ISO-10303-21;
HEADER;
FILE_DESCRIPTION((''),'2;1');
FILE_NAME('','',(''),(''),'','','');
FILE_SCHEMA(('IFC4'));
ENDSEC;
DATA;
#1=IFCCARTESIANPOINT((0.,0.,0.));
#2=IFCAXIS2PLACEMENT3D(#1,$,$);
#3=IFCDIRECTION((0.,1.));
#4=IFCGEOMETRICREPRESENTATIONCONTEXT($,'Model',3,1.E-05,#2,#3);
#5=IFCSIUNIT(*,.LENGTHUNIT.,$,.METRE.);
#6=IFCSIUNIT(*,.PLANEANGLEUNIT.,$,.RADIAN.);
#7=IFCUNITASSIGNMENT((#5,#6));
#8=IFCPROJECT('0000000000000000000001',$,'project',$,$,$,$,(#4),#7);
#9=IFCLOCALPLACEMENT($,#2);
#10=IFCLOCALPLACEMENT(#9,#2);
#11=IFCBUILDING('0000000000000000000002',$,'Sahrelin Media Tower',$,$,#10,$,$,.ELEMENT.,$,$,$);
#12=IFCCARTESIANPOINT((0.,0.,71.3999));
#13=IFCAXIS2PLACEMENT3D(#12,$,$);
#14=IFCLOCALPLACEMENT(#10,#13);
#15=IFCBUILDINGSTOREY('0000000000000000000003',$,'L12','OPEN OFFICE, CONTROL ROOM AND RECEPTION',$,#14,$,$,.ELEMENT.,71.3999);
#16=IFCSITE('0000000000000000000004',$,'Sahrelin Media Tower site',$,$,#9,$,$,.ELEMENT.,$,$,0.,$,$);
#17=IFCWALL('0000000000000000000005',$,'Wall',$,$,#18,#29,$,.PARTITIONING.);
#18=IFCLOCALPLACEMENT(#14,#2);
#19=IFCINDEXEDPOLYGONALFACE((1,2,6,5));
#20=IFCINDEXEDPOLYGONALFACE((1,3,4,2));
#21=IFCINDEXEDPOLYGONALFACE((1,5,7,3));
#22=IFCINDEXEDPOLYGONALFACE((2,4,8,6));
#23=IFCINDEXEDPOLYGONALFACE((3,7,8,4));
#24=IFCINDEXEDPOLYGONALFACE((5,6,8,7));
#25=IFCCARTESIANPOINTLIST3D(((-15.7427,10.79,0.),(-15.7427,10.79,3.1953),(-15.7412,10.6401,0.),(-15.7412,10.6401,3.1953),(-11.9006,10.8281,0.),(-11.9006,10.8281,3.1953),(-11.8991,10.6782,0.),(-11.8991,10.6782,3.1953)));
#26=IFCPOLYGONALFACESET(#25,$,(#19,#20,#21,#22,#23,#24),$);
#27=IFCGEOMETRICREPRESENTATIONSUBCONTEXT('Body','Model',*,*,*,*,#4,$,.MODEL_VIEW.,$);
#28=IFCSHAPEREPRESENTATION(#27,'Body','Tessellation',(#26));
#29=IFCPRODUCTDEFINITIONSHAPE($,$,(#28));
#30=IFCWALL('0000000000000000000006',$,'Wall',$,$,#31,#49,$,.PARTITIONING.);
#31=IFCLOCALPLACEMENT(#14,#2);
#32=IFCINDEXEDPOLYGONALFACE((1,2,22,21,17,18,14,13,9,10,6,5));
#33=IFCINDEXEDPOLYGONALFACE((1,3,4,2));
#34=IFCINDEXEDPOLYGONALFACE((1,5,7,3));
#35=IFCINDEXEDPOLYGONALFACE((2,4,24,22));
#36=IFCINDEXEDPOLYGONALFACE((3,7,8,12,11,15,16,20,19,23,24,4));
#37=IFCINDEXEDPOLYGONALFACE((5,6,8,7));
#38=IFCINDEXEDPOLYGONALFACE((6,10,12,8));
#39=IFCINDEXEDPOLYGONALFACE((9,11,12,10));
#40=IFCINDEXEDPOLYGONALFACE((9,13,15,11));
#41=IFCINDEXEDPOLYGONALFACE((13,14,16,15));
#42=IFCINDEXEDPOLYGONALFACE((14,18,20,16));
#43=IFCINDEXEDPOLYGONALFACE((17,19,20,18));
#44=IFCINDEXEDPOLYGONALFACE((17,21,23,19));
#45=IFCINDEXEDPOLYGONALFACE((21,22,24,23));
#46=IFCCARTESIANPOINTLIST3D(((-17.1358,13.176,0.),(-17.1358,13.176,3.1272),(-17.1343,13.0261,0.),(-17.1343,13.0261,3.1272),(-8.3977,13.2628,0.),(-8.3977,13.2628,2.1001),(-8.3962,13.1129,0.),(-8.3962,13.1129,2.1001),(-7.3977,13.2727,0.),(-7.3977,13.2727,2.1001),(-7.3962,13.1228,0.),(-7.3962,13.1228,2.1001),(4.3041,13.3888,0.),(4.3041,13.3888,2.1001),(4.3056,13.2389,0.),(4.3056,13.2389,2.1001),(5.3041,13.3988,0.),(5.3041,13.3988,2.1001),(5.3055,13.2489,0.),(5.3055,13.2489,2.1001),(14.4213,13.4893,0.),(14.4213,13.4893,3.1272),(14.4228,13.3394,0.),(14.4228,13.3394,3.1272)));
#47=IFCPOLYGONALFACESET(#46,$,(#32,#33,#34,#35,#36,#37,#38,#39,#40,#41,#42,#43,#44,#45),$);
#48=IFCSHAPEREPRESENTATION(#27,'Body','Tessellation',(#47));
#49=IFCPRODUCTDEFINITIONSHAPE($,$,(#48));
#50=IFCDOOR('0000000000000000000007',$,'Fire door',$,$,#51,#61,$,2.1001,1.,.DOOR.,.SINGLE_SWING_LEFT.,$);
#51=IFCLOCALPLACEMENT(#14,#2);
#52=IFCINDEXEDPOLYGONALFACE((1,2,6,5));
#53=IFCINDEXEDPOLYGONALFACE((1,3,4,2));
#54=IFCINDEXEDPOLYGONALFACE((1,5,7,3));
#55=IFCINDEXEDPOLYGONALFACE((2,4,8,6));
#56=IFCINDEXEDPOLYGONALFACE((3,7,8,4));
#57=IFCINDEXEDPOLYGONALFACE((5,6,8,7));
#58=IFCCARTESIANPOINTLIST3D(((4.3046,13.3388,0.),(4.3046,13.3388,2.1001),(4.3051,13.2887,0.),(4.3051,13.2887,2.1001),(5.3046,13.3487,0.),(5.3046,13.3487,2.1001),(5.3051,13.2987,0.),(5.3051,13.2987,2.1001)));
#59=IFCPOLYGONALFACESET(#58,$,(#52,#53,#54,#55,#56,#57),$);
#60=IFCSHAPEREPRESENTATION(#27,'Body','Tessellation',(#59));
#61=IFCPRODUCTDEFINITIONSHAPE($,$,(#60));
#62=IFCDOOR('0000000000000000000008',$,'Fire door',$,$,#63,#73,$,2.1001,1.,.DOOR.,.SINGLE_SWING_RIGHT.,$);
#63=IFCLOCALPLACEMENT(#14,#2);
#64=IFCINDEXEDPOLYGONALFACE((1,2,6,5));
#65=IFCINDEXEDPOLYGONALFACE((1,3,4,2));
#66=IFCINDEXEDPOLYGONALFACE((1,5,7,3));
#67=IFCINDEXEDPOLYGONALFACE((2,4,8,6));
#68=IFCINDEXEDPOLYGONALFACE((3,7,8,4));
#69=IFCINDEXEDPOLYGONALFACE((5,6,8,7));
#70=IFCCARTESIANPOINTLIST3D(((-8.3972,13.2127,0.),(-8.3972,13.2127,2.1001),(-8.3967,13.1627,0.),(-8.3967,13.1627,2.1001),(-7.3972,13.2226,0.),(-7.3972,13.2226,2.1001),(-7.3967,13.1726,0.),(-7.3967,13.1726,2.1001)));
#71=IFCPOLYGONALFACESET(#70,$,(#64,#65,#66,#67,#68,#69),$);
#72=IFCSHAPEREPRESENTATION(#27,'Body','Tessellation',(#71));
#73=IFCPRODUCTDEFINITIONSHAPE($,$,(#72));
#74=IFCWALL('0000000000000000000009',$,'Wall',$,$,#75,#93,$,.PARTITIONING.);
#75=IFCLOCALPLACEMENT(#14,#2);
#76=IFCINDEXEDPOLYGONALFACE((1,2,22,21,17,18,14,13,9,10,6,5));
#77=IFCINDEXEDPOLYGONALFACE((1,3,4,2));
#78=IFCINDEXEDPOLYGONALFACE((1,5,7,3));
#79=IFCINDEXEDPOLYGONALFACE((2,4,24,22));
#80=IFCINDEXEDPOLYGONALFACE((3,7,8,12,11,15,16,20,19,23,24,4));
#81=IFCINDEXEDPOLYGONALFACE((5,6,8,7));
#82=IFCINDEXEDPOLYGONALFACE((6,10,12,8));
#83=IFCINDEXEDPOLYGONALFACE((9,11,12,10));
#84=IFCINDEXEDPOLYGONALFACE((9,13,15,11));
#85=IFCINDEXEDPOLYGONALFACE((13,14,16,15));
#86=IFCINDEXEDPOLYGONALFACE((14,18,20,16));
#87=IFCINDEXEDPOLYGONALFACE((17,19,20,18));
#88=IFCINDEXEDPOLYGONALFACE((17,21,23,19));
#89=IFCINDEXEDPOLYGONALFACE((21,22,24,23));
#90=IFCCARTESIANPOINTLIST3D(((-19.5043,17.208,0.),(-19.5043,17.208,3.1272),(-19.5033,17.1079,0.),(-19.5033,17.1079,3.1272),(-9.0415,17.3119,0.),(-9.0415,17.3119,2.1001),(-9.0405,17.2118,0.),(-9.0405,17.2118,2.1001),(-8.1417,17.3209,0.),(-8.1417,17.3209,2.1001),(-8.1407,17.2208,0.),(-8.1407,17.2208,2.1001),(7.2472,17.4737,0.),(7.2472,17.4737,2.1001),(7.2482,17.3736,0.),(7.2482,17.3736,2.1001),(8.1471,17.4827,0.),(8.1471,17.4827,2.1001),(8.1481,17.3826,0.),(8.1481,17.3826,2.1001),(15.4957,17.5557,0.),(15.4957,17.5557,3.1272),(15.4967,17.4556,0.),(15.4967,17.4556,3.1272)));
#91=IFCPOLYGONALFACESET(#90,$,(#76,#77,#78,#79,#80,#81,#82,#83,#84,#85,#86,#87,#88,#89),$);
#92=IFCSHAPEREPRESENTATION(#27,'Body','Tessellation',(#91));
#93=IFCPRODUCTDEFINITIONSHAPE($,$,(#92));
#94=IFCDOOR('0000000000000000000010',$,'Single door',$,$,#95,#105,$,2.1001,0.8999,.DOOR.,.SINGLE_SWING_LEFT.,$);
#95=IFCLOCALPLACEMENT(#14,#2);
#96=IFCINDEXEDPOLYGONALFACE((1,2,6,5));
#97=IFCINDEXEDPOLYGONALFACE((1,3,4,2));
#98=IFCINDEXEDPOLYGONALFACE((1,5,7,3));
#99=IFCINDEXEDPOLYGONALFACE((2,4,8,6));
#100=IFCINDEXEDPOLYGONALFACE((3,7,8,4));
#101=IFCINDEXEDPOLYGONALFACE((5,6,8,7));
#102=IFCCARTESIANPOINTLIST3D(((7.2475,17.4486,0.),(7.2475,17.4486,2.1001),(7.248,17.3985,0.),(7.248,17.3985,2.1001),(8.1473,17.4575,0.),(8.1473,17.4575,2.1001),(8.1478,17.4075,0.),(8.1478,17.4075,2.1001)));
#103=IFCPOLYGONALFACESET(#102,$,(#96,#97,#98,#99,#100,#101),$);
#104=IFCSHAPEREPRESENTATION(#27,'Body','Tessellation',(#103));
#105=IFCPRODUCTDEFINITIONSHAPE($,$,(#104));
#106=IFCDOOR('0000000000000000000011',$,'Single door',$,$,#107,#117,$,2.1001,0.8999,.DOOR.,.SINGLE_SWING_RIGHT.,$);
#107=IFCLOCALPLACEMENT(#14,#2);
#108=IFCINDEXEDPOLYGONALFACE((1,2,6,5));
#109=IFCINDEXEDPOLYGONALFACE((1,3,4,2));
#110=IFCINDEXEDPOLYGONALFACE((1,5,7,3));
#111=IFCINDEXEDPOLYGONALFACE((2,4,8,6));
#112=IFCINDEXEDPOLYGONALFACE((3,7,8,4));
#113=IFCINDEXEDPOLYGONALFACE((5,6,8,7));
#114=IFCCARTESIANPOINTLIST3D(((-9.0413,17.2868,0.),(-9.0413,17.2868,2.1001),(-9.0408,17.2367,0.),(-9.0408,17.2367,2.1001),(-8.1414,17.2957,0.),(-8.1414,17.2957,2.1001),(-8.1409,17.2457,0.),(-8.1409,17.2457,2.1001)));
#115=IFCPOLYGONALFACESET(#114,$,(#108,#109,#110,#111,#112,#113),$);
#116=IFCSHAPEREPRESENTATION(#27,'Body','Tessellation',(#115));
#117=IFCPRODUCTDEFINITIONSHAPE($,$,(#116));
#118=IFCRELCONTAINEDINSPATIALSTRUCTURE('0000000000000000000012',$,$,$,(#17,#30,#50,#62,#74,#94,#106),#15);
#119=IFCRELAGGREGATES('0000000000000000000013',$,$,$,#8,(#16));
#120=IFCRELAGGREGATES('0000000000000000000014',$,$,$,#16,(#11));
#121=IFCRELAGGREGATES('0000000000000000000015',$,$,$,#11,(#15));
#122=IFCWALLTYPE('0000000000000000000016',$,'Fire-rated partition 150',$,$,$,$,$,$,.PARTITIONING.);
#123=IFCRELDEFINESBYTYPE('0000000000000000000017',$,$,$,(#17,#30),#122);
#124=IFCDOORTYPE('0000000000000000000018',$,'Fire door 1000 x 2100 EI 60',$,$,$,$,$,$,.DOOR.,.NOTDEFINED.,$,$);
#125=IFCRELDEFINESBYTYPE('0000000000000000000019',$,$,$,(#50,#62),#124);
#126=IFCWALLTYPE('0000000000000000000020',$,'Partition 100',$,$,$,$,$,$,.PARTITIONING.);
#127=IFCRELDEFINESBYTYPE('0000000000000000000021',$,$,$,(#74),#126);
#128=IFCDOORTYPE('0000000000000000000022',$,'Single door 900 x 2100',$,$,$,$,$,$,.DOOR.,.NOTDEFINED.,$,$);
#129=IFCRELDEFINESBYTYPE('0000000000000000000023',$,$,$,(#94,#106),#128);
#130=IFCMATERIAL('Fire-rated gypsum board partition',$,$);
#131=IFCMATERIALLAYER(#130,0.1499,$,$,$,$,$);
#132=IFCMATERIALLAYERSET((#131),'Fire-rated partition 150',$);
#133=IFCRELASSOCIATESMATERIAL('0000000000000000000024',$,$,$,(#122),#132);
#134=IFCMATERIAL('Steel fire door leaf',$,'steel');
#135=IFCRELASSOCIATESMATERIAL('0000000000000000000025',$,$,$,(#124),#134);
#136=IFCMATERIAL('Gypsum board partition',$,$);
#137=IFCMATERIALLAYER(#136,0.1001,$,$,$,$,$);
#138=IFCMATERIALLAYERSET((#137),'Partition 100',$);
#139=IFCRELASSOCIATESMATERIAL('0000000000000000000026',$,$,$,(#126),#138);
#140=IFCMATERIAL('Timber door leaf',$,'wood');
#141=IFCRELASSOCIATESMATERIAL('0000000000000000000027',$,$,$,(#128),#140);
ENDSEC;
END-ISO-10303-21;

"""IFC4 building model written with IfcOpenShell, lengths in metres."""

from ifc_helpers import new_model, si_unit, direction, frame, frame_2d, origin, place, context, subcontext, project, spatial, rectangle, extrude, material, layer, layer_set, type_object, element, fill, save


model = new_model("IFC4")

# Units and contexts
model_context = context("Model", 3, precision=1e-05, world=origin(), true_north=direction((0.0, 1.0)))
body_context = subcontext(model_context, "Body", "Model", "MODEL_VIEW")
ifc_project = project(units=[si_unit("LENGTHUNIT", "METRE"), si_unit("PLANEANGLEUNIT", "RADIAN")], contexts=[model_context])

# Site, building, storey
site_placement = place(None, origin())
site = spatial("IfcSite", under=ifc_project, at=site_placement, Name="Sahrelin Media Tower site", CompositionType="ELEMENT", RefElevation=0.0)
building_placement = place(site_placement, origin())
building = spatial("IfcBuilding", under=site, at=building_placement, Name="Sahrelin Media Tower", CompositionType="ELEMENT")
storey_placement = place(building_placement, frame((0.0, 0.0, 71.3999)))
storey = spatial("IfcBuildingStorey", under=building, at=storey_placement, Name="L12", Description="OPEN OFFICE, CONTROL ROOM AND RECEPTION", CompositionType="ELEMENT", Elevation=71.3999)

# Wall
ifc_material_1 = material(Name="Fire-rated gypsum board partition")
ifc_layer_1 = layer(ifc_material_1, 0.1499)
ifc_layer_set_1 = layer_set([ifc_layer_1], Name="Fire-rated partition 150")
wall_type_1 = type_object("IfcWallType", Name="Fire-rated partition 150", PredefinedType="PARTITIONING", material=ifc_layer_set_1)
wall_1_placement = place(storey_placement, frame((-15.7419, 10.7151, 0.0), z_axis=(0.0, 0.0, 1.0), x_axis=(0.999951, 0.009912, 0.0)))
element("IfcWall", 1, at=wall_1_placement, inside=storey, type_object=wall_type_1, Name="Wall", PredefinedType="PARTITIONING", context=body_context, shape_type="SweptSolid", body=[
    extrude(rectangle(XDim=3.8423, YDim=0.1499, at=frame_2d((1.9211, 0.0))), origin(), (0.0, 0.0, 1.0), 3.1953),
])

# Walls, openings, doors
wall_2_placement = place(storey_placement, frame((-17.135, 13.1011, 0.0), z_axis=(0.0, 0.0, 1.0), x_axis=(0.999951, 0.009925, 0.0)))
wall_2 = element("IfcWall", 2, at=wall_2_placement, inside=storey, type_object=wall_type_1, Name="Wall", PredefinedType="PARTITIONING", context=body_context, shape_type="SweptSolid", body=[
    extrude(rectangle(XDim=31.5586, YDim=0.1499, at=frame_2d((15.7793, 0.0))), origin(), (0.0, 0.0, 1.0), 3.1272),
])
opening_1_placement = place(wall_2_placement, frame((21.4409, 0.0, 0.0)))
opening_1 = element("IfcOpeningElement", 3, at=opening_1_placement, cuts=wall_2, PredefinedType="OPENING", context=body_context, shape_type="SweptSolid", body=[
    extrude(rectangle(XDim=1.0, YDim=2.1001, at=frame_2d((0.5, 1.05))), frame((0.0, 0.075, 0.0), z_axis=(0.0, -1.0, 0.0), x_axis=(1.0, 0.0, 0.0)), (0.0, 0.0, 1.0), 0.1499),
])
opening_2_placement = place(wall_2_placement, frame((8.7385, 0.0, 0.0)))
opening_2 = element("IfcOpeningElement", 4, at=opening_2_placement, cuts=wall_2, PredefinedType="OPENING", context=body_context, shape_type="SweptSolid", body=[
    extrude(rectangle(XDim=1.0, YDim=2.1001, at=frame_2d((0.5, 1.05))), frame((0.0, 0.075, 0.0), z_axis=(0.0, -1.0, 0.0), x_axis=(1.0, 0.0, 0.0)), (0.0, 0.0, 1.0), 0.1499),
])
ifc_material_2 = material(Name="Steel fire door leaf", Category="steel")
door_type_1 = type_object("IfcDoorType", Name="Fire door 1000 x 2100 EI 60", OperationType="NOTDEFINED", PredefinedType="DOOR", material=ifc_material_2)
door_1_placement = place(opening_1_placement, origin())
door_1 = element("IfcDoor", 5, at=door_1_placement, inside=storey, type_object=door_type_1, Name="Fire door", OperationType="SINGLE_SWING_LEFT", OverallHeight=2.1001, OverallWidth=1.0, PredefinedType="DOOR", context=body_context, shape_type="SweptSolid", body=[
    extrude(rectangle(XDim=1.0, YDim=2.1001, at=frame_2d((0.5, 1.05))), frame((0.0, 0.0249, 0.0), z_axis=(0.0, -1.0, 0.0), x_axis=(1.0, 0.0, 0.0)), (0.0, 0.0, 1.0), 0.05),
])
fill(opening_1, door_1)
door_2_placement = place(opening_2_placement, origin())
door_2 = element("IfcDoor", 6, at=door_2_placement, inside=storey, type_object=door_type_1, Name="Fire door", OperationType="SINGLE_SWING_RIGHT", OverallHeight=2.1001, OverallWidth=1.0, PredefinedType="DOOR", context=body_context, shape_type="SweptSolid", body=[
    extrude(rectangle(XDim=1.0, YDim=2.1001, at=frame_2d((0.5, 1.05))), frame((0.0, 0.0249, 0.0), z_axis=(0.0, -1.0, 0.0), x_axis=(1.0, 0.0, 0.0)), (0.0, 0.0, 1.0), 0.05),
])
fill(opening_2, door_2)
ifc_material_3 = material(Name="Gypsum board partition")
ifc_layer_2 = layer(ifc_material_3, 0.1001)
ifc_layer_set_2 = layer_set([ifc_layer_2], Name="Partition 100")
wall_type_2 = type_object("IfcWallType", Name="Partition 100", PredefinedType="PARTITIONING", material=ifc_layer_set_2)
wall_3_placement = place(storey_placement, frame((-19.5039, 17.158, 0.0), z_axis=(0.0, 0.0, 1.0), x_axis=(0.999951, 0.009933, 0.0)))
wall_3 = element("IfcWall", 7, at=wall_3_placement, inside=storey, type_object=wall_type_2, Name="Wall", PredefinedType="PARTITIONING", context=body_context, shape_type="SweptSolid", body=[
    extrude(rectangle(XDim=35.0017, YDim=0.1001, at=frame_2d((17.501, 0.0))), origin(), (0.0, 0.0, 1.0), 3.1272),
])
opening_3_placement = place(wall_3_placement, frame((26.7529, 0.0, 0.0)))
opening_3 = element("IfcOpeningElement", 8, at=opening_3_placement, cuts=wall_3, PredefinedType="OPENING", context=body_context, shape_type="SweptSolid", body=[
    extrude(rectangle(XDim=0.8999, YDim=2.1001, at=frame_2d((0.45, 1.05))), frame((0.0, 0.05, 0.0), z_axis=(0.0, -1.0, 0.0), x_axis=(1.0, 0.0, 0.0)), (0.0, 0.0, 1.0), 0.1001),
])
opening_4_placement = place(wall_3_placement, frame((10.4634, 0.0, 0.0)))
opening_4 = element("IfcOpeningElement", 9, at=opening_4_placement, cuts=wall_3, PredefinedType="OPENING", context=body_context, shape_type="SweptSolid", body=[
    extrude(rectangle(XDim=0.8999, YDim=2.1001, at=frame_2d((0.45, 1.05))), frame((0.0, 0.05, 0.0), z_axis=(0.0, -1.0, 0.0), x_axis=(1.0, 0.0, 0.0)), (0.0, 0.0, 1.0), 0.1001),
])
ifc_material_4 = material(Name="Timber door leaf", Category="wood")
door_type_2 = type_object("IfcDoorType", Name="Single door 900 x 2100", OperationType="NOTDEFINED", PredefinedType="DOOR", material=ifc_material_4)
door_3_placement = place(opening_3_placement, origin())
door_3 = element("IfcDoor", 10, at=door_3_placement, inside=storey, type_object=door_type_2, Name="Single door", OperationType="SINGLE_SWING_LEFT", OverallHeight=2.1001, OverallWidth=0.8999, PredefinedType="DOOR", context=body_context, shape_type="SweptSolid", body=[
    extrude(rectangle(XDim=0.8999, YDim=2.1001, at=frame_2d((0.45, 1.05))), frame((0.0, 0.0249, 0.0), z_axis=(0.0, -1.0, 0.0), x_axis=(1.0, 0.0, 0.0)), (0.0, 0.0, 1.0), 0.05),
])
fill(opening_3, door_3)
door_4_placement = place(opening_4_placement, origin())
door_4 = element("IfcDoor", 11, at=door_4_placement, inside=storey, type_object=door_type_2, Name="Single door", OperationType="SINGLE_SWING_RIGHT", OverallHeight=2.1001, OverallWidth=0.8999, PredefinedType="DOOR", context=body_context, shape_type="SweptSolid", body=[
    extrude(rectangle(XDim=0.8999, YDim=2.1001, at=frame_2d((0.45, 1.05))), frame((0.0, 0.0249, 0.0), z_axis=(0.0, -1.0, 0.0), x_axis=(1.0, 0.0, 0.0)), (0.0, 0.0, 1.0), 0.05),
])
fill(opening_4, door_4)

save(model, "model.ifc")
